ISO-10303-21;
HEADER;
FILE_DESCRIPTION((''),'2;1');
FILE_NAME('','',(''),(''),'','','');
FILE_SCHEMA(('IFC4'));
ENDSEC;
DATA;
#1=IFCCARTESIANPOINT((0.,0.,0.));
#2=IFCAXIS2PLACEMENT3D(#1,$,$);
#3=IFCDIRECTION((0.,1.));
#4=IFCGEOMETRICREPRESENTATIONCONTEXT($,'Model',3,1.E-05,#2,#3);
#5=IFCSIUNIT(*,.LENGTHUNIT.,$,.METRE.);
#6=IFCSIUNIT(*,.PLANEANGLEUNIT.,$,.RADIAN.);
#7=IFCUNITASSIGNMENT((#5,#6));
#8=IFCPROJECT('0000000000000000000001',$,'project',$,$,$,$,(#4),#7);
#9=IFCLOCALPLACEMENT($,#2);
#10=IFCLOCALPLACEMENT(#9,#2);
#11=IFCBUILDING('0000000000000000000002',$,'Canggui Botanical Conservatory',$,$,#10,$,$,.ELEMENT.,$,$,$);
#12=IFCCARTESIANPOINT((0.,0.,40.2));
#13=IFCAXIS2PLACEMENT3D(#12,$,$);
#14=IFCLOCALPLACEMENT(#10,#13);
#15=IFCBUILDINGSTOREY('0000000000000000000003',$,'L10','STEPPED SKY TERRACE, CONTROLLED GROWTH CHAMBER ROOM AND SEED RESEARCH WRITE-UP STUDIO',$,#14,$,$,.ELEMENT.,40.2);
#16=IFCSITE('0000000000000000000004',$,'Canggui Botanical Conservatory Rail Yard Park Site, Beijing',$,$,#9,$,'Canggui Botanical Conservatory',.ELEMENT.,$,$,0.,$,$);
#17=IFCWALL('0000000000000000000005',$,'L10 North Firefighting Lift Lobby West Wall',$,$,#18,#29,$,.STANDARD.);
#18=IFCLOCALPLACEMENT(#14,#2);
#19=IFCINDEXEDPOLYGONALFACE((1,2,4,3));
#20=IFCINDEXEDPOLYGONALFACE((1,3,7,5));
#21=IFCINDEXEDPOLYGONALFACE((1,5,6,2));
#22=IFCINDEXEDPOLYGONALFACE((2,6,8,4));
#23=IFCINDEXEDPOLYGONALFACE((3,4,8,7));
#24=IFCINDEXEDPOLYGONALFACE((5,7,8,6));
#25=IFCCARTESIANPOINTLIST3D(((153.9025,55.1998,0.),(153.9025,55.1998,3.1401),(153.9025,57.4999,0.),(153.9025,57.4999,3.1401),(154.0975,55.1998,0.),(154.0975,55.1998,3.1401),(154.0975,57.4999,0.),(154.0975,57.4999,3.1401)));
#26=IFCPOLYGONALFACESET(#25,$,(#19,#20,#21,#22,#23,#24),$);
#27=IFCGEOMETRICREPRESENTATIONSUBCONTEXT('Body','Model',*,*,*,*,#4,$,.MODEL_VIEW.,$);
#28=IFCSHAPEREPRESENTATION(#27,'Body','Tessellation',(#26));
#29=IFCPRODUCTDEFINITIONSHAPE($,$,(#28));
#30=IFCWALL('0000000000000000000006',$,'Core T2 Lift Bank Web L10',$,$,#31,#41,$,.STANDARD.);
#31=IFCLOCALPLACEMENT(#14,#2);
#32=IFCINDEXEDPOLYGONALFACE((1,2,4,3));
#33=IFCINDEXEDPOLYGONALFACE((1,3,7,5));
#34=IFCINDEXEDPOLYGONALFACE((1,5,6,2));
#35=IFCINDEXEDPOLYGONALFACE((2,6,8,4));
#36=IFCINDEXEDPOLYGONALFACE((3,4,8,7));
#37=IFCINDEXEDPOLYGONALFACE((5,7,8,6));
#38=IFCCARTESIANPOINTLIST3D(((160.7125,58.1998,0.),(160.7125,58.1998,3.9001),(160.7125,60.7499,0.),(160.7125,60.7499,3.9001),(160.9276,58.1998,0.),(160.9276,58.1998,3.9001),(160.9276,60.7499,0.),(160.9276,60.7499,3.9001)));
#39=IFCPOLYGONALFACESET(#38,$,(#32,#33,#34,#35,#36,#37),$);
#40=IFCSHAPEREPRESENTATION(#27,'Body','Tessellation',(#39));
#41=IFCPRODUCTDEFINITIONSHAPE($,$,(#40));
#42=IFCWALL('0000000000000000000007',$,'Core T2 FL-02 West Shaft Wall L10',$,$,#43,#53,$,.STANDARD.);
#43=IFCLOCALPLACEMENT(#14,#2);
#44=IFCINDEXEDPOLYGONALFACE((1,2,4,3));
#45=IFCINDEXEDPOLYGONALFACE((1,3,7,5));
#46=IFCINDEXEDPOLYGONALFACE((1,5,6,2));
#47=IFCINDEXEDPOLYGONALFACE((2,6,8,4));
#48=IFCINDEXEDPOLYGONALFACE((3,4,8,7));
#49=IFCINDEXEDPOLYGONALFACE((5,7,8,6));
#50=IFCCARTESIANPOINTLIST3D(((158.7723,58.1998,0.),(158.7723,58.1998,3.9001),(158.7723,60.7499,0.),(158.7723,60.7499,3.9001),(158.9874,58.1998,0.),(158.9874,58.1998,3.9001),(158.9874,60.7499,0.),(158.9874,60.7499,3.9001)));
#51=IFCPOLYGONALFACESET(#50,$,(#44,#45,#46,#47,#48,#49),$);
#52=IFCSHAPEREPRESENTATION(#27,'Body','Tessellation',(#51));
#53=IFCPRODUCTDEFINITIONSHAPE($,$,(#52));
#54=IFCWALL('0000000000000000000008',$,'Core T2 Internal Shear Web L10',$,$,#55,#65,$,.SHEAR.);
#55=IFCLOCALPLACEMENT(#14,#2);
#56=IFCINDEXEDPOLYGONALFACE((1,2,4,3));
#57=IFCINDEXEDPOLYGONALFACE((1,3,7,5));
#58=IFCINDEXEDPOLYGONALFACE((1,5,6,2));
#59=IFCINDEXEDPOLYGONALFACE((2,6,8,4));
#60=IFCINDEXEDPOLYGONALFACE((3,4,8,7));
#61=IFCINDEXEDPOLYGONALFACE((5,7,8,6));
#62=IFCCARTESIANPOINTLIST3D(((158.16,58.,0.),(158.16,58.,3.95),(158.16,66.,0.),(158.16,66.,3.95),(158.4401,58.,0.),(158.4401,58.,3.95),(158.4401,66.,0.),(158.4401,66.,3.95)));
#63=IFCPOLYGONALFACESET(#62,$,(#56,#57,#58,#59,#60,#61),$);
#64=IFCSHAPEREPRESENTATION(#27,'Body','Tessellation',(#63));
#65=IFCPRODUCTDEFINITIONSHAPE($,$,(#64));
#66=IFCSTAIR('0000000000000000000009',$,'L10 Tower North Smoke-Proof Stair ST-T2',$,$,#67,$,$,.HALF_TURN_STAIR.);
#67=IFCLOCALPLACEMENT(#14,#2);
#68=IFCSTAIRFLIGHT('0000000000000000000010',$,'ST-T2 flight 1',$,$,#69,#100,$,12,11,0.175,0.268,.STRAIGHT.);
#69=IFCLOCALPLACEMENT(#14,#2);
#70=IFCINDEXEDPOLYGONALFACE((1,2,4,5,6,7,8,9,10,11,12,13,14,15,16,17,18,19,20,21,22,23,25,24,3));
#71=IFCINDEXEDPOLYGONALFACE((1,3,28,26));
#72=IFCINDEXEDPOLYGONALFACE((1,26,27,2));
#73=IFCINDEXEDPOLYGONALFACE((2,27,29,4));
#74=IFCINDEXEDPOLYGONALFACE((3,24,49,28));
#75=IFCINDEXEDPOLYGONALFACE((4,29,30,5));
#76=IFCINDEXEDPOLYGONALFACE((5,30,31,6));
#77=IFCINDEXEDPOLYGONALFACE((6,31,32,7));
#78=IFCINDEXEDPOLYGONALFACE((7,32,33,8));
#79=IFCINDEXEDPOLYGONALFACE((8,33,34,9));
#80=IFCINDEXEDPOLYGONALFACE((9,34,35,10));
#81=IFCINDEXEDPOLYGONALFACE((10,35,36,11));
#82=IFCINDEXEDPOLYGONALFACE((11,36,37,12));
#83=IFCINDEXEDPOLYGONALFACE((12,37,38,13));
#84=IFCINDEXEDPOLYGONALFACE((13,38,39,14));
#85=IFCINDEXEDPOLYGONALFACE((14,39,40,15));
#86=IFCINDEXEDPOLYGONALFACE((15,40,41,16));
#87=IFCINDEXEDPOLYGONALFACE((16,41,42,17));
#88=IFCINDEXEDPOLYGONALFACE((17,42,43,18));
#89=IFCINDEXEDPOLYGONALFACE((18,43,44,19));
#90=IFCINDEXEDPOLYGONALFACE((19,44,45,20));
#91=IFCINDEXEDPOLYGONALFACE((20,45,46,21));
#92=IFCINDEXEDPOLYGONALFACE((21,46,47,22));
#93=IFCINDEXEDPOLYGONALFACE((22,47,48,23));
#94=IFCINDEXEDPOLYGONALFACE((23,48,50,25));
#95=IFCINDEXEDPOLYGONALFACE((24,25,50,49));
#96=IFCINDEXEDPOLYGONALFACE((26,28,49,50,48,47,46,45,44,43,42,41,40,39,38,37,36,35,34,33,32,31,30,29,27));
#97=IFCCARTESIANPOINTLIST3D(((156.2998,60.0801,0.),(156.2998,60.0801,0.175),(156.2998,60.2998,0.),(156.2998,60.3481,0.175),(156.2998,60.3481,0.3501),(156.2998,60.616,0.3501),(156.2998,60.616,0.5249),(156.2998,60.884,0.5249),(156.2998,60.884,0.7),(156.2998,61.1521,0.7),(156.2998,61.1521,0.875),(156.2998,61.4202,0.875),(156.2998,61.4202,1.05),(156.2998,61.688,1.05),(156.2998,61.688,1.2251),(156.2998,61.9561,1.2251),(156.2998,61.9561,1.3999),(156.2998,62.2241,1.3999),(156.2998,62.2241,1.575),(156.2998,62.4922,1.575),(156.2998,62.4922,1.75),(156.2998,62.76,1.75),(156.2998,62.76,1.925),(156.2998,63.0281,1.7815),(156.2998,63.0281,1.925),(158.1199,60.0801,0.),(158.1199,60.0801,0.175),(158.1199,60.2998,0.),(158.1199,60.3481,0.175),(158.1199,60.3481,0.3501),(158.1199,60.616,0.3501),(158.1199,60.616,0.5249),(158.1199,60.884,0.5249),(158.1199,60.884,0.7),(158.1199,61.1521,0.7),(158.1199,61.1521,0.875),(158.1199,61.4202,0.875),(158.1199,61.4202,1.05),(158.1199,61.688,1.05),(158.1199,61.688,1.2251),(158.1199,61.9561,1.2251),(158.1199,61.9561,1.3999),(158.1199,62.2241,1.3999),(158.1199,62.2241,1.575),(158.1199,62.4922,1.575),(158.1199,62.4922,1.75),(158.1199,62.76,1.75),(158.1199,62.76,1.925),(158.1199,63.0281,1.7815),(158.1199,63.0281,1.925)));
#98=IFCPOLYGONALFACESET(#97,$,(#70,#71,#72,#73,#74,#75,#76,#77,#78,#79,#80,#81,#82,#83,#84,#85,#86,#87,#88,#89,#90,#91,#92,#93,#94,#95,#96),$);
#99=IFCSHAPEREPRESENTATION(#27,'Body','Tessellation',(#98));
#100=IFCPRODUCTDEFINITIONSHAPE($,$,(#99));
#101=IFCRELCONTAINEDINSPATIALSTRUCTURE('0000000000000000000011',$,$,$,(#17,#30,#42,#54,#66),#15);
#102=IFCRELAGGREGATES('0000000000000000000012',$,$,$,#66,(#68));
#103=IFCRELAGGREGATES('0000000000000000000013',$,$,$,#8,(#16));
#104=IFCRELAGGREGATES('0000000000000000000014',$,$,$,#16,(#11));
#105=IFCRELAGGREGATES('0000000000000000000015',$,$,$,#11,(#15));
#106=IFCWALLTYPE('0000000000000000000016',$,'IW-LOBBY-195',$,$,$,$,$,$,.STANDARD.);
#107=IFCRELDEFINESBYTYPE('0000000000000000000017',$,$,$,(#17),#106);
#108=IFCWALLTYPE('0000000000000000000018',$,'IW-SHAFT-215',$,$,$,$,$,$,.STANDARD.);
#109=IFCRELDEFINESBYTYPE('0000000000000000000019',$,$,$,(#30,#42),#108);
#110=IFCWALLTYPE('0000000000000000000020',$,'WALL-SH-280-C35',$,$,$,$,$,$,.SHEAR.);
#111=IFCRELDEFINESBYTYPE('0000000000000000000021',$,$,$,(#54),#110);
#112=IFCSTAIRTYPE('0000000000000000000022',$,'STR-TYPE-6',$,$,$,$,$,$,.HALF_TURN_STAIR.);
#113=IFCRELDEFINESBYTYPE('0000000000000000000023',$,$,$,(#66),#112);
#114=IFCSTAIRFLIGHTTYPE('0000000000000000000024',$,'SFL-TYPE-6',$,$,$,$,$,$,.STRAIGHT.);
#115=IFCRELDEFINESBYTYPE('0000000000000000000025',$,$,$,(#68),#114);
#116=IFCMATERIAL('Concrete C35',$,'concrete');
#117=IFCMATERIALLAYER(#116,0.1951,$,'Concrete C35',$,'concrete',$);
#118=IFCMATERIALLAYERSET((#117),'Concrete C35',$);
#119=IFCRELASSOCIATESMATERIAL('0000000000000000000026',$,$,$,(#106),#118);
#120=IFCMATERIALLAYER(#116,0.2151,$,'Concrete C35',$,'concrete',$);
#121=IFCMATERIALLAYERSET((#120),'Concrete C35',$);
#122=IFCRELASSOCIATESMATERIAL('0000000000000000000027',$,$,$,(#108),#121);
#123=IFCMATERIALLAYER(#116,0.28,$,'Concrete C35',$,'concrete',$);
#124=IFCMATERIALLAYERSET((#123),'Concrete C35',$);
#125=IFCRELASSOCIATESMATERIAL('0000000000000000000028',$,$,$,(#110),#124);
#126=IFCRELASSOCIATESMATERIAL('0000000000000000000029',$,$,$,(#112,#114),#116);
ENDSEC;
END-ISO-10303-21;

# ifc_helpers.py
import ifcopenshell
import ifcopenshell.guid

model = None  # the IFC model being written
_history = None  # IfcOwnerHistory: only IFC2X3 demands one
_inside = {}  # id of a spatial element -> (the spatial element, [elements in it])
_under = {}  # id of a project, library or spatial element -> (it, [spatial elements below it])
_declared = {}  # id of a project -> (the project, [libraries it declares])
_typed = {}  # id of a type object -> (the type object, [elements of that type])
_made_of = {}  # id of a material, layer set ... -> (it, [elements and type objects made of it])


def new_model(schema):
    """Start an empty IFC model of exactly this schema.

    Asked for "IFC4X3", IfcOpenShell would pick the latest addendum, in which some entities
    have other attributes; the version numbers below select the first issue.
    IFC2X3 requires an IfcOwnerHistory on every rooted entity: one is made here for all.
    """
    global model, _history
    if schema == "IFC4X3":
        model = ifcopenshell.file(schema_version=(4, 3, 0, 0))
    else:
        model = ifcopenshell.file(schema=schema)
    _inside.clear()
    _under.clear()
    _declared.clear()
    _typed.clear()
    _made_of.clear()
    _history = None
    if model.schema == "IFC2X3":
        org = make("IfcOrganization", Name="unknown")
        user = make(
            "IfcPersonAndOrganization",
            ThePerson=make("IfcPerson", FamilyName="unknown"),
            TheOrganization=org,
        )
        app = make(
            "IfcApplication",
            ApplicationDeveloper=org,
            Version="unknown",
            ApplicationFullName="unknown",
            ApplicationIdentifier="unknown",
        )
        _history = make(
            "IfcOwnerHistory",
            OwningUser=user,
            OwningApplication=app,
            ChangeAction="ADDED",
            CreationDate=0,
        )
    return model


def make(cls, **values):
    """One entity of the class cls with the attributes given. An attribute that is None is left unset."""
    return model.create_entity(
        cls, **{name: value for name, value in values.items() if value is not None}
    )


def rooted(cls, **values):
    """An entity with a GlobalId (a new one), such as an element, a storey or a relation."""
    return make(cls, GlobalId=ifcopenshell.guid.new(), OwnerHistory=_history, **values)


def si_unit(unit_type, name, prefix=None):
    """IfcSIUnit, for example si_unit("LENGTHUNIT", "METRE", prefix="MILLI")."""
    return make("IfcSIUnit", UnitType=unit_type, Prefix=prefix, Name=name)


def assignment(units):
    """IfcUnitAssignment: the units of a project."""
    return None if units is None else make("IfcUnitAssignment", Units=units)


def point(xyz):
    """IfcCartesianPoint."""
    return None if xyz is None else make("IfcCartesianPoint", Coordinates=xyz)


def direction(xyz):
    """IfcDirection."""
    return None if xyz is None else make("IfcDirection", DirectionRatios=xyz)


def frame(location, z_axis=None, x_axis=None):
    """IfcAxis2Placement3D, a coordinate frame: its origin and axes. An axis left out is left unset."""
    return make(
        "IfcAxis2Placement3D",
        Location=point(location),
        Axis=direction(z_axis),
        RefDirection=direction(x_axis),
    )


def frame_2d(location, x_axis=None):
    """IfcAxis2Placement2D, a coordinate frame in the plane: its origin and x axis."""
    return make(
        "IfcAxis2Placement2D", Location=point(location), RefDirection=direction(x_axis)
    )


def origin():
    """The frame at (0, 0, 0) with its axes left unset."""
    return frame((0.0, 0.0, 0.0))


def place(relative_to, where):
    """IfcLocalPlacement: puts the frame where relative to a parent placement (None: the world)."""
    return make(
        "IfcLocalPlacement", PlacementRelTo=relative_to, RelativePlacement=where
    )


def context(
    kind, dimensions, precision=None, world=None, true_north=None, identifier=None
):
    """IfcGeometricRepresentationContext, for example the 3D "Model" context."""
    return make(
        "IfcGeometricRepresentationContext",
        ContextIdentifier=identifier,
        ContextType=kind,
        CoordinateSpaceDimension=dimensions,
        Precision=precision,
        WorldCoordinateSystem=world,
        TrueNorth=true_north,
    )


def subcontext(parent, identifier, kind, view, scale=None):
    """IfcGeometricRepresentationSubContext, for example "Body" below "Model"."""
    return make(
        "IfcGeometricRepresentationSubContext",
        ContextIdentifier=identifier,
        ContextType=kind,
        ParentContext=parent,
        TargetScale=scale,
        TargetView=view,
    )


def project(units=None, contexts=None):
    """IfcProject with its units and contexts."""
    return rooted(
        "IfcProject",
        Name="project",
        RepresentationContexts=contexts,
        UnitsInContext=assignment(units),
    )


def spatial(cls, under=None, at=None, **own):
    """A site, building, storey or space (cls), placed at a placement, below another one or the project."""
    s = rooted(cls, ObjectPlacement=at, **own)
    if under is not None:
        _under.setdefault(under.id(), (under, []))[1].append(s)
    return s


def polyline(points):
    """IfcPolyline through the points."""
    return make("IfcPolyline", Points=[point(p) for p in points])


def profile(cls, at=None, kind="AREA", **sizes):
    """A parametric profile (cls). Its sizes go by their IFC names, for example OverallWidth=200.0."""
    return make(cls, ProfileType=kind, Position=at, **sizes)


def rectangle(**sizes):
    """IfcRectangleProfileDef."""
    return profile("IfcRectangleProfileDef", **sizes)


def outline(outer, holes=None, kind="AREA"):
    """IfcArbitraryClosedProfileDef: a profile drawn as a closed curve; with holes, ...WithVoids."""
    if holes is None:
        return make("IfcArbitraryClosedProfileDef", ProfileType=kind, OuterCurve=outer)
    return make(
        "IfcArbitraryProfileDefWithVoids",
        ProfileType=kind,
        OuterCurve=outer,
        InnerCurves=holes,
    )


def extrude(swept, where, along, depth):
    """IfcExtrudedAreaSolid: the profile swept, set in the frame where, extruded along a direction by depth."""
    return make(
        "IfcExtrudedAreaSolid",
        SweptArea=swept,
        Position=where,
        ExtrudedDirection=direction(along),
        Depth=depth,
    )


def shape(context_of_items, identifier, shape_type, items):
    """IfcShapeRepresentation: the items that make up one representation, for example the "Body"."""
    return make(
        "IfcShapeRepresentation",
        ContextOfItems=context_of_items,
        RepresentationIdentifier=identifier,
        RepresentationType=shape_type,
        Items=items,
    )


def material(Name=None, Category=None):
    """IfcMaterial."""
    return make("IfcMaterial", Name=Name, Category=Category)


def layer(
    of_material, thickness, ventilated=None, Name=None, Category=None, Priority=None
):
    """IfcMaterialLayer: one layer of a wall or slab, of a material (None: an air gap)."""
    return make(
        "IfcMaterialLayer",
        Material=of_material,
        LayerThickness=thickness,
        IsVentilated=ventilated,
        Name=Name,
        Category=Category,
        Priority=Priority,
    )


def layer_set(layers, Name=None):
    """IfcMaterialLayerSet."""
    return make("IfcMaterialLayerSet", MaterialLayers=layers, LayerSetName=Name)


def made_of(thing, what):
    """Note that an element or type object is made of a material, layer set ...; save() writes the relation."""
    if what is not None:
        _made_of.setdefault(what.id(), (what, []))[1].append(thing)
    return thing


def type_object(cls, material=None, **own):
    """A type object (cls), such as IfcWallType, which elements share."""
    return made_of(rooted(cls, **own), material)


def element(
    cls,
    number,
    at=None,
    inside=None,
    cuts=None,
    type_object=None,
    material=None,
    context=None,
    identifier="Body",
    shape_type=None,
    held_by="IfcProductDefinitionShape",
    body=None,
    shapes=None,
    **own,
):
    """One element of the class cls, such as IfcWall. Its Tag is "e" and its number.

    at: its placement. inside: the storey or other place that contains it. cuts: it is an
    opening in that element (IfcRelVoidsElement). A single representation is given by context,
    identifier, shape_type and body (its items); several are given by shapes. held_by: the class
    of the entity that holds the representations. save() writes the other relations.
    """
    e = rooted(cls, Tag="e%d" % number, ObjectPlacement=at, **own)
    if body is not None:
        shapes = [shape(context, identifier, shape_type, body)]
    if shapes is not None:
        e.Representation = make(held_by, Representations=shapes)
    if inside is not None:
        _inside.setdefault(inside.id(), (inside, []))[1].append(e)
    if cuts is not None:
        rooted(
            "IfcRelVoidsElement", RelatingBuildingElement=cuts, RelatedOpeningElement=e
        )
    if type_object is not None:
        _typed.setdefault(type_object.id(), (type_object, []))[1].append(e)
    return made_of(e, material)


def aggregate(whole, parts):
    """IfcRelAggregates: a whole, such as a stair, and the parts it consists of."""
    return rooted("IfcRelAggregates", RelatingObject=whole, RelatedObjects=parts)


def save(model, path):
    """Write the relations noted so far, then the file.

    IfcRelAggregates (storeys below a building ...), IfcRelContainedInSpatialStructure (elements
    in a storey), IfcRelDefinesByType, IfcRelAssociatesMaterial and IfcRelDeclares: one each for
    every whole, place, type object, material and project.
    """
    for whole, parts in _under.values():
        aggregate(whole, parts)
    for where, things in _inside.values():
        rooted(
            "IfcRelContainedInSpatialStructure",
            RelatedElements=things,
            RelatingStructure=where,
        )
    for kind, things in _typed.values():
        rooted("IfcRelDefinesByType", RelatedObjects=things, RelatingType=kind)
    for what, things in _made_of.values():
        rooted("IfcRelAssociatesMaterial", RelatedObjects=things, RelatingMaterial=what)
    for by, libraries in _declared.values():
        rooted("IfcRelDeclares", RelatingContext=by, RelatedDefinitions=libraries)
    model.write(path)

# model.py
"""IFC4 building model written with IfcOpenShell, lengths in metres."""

from ifc_helpers import new_model, si_unit, direction, frame, frame_2d, origin, place, context, subcontext, project, spatial, polyline, rectangle, outline, extrude, material, layer, layer_set, type_object, element, aggregate, save


model = new_model("IFC4")

# Units and contexts
model_context = context("Model", 3, precision=1e-05, world=origin(), true_north=direction((0.0, 1.0)))
body_context = subcontext(model_context, "Body", "Model", "MODEL_VIEW")
ifc_project = project(units=[si_unit("LENGTHUNIT", "METRE"), si_unit("PLANEANGLEUNIT", "RADIAN")], contexts=[model_context])

# Site, building, storey
site_placement = place(None, origin())
site = spatial("IfcSite", under=ifc_project, at=site_placement, Name="Canggui Botanical Conservatory Rail Yard Park Site, Beijing", LongName="Canggui Botanical Conservatory", CompositionType="ELEMENT", RefElevation=0.0)
building_placement = place(site_placement, origin())
building = spatial("IfcBuilding", under=site, at=building_placement, Name="Canggui Botanical Conservatory", CompositionType="ELEMENT")
storey_placement = place(building_placement, frame((0.0, 0.0, 40.2)))
storey = spatial("IfcBuildingStorey", under=building, at=storey_placement, Name="L10", Description="STEPPED SKY TERRACE, CONTROLLED GROWTH CHAMBER ROOM AND SEED RESEARCH WRITE-UP STUDIO", CompositionType="ELEMENT", Elevation=40.2)

# Shared definitions
ifc_material_1 = material(Name="Concrete C35", Category="concrete")

# Shared definitions
ifc_layer_1 = layer(ifc_material_1, 0.1951, Name="Concrete C35", Category="concrete")
ifc_layer_set_1 = layer_set([ifc_layer_1], Name="Concrete C35")
wall_type_1 = type_object("IfcWallType", Name="IW-LOBBY-195", PredefinedType="STANDARD", material=ifc_layer_set_1)

# Walls
wall_1_placement = place(storey_placement, frame((154.0, 55.2, 0.0), z_axis=(0.0, 0.0, 1.0), x_axis=(0.0, 1.0, 0.0)))
element("IfcWall", 1, at=wall_1_placement, inside=storey, type_object=wall_type_1, Name="L10 North Firefighting Lift Lobby West Wall", PredefinedType="STANDARD", context=body_context, shape_type="SweptSolid", body=[
    extrude(rectangle(XDim=2.3, YDim=0.1951, at=frame_2d((1.1499, 0.0))), origin(), (0.0, 0.0, 1.0), 3.1401),
])
ifc_layer_2 = layer(ifc_material_1, 0.2151, Name="Concrete C35", Category="concrete")
ifc_layer_set_2 = layer_set([ifc_layer_2], Name="Concrete C35")
wall_type_2 = type_object("IfcWallType", Name="IW-SHAFT-215", PredefinedType="STANDARD", material=ifc_layer_set_2)
for number, where, z_axis, x_axis, name in (
    (2, (160.8201, 58.2, 0.0), (0.0, 0.0, 1.0), (0.0, 1.0, 0.0), "Core T2 Lift Bank Web L10"),
    (3, (158.8799, 58.2, 0.0), (0.0, 0.0, 1.0), (0.0, 1.0, 0.0), "Core T2 FL-02 West Shaft Wall L10"),
):
    element("IfcWall", number, at=place(storey_placement, frame(where, z_axis=z_axis, x_axis=x_axis)), inside=storey, type_object=wall_type_2, Name=name, PredefinedType="STANDARD", context=body_context, shape_type="SweptSolid", body=[
        extrude(rectangle(XDim=2.55, YDim=0.2151, at=frame_2d((1.2749, 0.0))), origin(), (0.0, 0.0, 1.0), 3.9001),
    ])
ifc_layer_3 = layer(ifc_material_1, 0.28, Name="Concrete C35", Category="concrete")
ifc_layer_set_3 = layer_set([ifc_layer_3], Name="Concrete C35")
wall_type_3 = type_object("IfcWallType", Name="WALL-SH-280-C35", PredefinedType="SHEAR", material=ifc_layer_set_3)
wall_2_placement = place(storey_placement, frame((158.3, 58.0, 0.0), z_axis=(0.0, 0.0, 1.0), x_axis=(0.0, 1.0, 0.0)))
element("IfcWall", 4, at=wall_2_placement, inside=storey, type_object=wall_type_3, Name="Core T2 Internal Shear Web L10", PredefinedType="SHEAR", context=body_context, shape_type="SweptSolid", body=[
    extrude(rectangle(XDim=8.0, YDim=0.28, at=frame_2d((4.0, 0.0))), origin(), (0.0, 0.0, 1.0), 3.95),
])

# Stair, stair flight
stair_type = type_object("IfcStairType", Name="STR-TYPE-6", PredefinedType="HALF_TURN_STAIR", material=ifc_material_1)
stair_placement = place(storey_placement, origin())
stair = element("IfcStair", 5, at=stair_placement, inside=storey, type_object=stair_type, Name="L10 Tower North Smoke-Proof Stair ST-T2", PredefinedType="HALF_TURN_STAIR")
stair_flight_type = type_object("IfcStairFlightType", Name="SFL-TYPE-6", PredefinedType="STRAIGHT", material=ifc_material_1)
stair_flight_placement = place(storey_placement, frame((157.21, 60.0801, 0.0), z_axis=(0.0, 0.0, 1.0), x_axis=(0.0, 1.0, 0.0)))
stair_flight = element("IfcStairFlight", 6, at=stair_flight_placement, type_object=stair_flight_type, Name="ST-T2 flight 1", NumberOfRisers=12, NumberOfTreads=11, PredefinedType="STRAIGHT", RiserHeight=0.175, TreadLength=0.268, context=body_context, shape_type="SweptSolid", body=[
    extrude(outline(polyline([(0.0, 0.0), (0.0, 0.175), (0.2681, 0.175), (0.2681, 0.3501), (0.5359, 0.3501), (0.5359, 0.5249), (0.804, 0.5249), (0.804, 0.7), (1.072, 0.7), (1.072, 0.875), (1.3401, 0.875), (1.3401, 1.05), (1.6079, 1.05), (1.6079, 1.2251), (1.876, 1.2251), (1.876, 1.3999), (2.144, 1.3999), (2.144, 1.575), (2.4121, 1.575), (2.4121, 1.75), (2.6799, 1.75), (2.6799, 1.925), (2.948, 1.925), (2.948, 2.1001), (2.948, 1.7815), (0.2197, 0.0), (0.0, 0.0)])), frame((0.0, 0.9102, 0.0), z_axis=(0.0, -1.0, 0.0), x_axis=(1.0, 0.0, 0.0)), (0.0, 0.0, 1.0), 1.8201),
])
aggregate(stair, [stair_flight])

save(model, "model.ifc")
